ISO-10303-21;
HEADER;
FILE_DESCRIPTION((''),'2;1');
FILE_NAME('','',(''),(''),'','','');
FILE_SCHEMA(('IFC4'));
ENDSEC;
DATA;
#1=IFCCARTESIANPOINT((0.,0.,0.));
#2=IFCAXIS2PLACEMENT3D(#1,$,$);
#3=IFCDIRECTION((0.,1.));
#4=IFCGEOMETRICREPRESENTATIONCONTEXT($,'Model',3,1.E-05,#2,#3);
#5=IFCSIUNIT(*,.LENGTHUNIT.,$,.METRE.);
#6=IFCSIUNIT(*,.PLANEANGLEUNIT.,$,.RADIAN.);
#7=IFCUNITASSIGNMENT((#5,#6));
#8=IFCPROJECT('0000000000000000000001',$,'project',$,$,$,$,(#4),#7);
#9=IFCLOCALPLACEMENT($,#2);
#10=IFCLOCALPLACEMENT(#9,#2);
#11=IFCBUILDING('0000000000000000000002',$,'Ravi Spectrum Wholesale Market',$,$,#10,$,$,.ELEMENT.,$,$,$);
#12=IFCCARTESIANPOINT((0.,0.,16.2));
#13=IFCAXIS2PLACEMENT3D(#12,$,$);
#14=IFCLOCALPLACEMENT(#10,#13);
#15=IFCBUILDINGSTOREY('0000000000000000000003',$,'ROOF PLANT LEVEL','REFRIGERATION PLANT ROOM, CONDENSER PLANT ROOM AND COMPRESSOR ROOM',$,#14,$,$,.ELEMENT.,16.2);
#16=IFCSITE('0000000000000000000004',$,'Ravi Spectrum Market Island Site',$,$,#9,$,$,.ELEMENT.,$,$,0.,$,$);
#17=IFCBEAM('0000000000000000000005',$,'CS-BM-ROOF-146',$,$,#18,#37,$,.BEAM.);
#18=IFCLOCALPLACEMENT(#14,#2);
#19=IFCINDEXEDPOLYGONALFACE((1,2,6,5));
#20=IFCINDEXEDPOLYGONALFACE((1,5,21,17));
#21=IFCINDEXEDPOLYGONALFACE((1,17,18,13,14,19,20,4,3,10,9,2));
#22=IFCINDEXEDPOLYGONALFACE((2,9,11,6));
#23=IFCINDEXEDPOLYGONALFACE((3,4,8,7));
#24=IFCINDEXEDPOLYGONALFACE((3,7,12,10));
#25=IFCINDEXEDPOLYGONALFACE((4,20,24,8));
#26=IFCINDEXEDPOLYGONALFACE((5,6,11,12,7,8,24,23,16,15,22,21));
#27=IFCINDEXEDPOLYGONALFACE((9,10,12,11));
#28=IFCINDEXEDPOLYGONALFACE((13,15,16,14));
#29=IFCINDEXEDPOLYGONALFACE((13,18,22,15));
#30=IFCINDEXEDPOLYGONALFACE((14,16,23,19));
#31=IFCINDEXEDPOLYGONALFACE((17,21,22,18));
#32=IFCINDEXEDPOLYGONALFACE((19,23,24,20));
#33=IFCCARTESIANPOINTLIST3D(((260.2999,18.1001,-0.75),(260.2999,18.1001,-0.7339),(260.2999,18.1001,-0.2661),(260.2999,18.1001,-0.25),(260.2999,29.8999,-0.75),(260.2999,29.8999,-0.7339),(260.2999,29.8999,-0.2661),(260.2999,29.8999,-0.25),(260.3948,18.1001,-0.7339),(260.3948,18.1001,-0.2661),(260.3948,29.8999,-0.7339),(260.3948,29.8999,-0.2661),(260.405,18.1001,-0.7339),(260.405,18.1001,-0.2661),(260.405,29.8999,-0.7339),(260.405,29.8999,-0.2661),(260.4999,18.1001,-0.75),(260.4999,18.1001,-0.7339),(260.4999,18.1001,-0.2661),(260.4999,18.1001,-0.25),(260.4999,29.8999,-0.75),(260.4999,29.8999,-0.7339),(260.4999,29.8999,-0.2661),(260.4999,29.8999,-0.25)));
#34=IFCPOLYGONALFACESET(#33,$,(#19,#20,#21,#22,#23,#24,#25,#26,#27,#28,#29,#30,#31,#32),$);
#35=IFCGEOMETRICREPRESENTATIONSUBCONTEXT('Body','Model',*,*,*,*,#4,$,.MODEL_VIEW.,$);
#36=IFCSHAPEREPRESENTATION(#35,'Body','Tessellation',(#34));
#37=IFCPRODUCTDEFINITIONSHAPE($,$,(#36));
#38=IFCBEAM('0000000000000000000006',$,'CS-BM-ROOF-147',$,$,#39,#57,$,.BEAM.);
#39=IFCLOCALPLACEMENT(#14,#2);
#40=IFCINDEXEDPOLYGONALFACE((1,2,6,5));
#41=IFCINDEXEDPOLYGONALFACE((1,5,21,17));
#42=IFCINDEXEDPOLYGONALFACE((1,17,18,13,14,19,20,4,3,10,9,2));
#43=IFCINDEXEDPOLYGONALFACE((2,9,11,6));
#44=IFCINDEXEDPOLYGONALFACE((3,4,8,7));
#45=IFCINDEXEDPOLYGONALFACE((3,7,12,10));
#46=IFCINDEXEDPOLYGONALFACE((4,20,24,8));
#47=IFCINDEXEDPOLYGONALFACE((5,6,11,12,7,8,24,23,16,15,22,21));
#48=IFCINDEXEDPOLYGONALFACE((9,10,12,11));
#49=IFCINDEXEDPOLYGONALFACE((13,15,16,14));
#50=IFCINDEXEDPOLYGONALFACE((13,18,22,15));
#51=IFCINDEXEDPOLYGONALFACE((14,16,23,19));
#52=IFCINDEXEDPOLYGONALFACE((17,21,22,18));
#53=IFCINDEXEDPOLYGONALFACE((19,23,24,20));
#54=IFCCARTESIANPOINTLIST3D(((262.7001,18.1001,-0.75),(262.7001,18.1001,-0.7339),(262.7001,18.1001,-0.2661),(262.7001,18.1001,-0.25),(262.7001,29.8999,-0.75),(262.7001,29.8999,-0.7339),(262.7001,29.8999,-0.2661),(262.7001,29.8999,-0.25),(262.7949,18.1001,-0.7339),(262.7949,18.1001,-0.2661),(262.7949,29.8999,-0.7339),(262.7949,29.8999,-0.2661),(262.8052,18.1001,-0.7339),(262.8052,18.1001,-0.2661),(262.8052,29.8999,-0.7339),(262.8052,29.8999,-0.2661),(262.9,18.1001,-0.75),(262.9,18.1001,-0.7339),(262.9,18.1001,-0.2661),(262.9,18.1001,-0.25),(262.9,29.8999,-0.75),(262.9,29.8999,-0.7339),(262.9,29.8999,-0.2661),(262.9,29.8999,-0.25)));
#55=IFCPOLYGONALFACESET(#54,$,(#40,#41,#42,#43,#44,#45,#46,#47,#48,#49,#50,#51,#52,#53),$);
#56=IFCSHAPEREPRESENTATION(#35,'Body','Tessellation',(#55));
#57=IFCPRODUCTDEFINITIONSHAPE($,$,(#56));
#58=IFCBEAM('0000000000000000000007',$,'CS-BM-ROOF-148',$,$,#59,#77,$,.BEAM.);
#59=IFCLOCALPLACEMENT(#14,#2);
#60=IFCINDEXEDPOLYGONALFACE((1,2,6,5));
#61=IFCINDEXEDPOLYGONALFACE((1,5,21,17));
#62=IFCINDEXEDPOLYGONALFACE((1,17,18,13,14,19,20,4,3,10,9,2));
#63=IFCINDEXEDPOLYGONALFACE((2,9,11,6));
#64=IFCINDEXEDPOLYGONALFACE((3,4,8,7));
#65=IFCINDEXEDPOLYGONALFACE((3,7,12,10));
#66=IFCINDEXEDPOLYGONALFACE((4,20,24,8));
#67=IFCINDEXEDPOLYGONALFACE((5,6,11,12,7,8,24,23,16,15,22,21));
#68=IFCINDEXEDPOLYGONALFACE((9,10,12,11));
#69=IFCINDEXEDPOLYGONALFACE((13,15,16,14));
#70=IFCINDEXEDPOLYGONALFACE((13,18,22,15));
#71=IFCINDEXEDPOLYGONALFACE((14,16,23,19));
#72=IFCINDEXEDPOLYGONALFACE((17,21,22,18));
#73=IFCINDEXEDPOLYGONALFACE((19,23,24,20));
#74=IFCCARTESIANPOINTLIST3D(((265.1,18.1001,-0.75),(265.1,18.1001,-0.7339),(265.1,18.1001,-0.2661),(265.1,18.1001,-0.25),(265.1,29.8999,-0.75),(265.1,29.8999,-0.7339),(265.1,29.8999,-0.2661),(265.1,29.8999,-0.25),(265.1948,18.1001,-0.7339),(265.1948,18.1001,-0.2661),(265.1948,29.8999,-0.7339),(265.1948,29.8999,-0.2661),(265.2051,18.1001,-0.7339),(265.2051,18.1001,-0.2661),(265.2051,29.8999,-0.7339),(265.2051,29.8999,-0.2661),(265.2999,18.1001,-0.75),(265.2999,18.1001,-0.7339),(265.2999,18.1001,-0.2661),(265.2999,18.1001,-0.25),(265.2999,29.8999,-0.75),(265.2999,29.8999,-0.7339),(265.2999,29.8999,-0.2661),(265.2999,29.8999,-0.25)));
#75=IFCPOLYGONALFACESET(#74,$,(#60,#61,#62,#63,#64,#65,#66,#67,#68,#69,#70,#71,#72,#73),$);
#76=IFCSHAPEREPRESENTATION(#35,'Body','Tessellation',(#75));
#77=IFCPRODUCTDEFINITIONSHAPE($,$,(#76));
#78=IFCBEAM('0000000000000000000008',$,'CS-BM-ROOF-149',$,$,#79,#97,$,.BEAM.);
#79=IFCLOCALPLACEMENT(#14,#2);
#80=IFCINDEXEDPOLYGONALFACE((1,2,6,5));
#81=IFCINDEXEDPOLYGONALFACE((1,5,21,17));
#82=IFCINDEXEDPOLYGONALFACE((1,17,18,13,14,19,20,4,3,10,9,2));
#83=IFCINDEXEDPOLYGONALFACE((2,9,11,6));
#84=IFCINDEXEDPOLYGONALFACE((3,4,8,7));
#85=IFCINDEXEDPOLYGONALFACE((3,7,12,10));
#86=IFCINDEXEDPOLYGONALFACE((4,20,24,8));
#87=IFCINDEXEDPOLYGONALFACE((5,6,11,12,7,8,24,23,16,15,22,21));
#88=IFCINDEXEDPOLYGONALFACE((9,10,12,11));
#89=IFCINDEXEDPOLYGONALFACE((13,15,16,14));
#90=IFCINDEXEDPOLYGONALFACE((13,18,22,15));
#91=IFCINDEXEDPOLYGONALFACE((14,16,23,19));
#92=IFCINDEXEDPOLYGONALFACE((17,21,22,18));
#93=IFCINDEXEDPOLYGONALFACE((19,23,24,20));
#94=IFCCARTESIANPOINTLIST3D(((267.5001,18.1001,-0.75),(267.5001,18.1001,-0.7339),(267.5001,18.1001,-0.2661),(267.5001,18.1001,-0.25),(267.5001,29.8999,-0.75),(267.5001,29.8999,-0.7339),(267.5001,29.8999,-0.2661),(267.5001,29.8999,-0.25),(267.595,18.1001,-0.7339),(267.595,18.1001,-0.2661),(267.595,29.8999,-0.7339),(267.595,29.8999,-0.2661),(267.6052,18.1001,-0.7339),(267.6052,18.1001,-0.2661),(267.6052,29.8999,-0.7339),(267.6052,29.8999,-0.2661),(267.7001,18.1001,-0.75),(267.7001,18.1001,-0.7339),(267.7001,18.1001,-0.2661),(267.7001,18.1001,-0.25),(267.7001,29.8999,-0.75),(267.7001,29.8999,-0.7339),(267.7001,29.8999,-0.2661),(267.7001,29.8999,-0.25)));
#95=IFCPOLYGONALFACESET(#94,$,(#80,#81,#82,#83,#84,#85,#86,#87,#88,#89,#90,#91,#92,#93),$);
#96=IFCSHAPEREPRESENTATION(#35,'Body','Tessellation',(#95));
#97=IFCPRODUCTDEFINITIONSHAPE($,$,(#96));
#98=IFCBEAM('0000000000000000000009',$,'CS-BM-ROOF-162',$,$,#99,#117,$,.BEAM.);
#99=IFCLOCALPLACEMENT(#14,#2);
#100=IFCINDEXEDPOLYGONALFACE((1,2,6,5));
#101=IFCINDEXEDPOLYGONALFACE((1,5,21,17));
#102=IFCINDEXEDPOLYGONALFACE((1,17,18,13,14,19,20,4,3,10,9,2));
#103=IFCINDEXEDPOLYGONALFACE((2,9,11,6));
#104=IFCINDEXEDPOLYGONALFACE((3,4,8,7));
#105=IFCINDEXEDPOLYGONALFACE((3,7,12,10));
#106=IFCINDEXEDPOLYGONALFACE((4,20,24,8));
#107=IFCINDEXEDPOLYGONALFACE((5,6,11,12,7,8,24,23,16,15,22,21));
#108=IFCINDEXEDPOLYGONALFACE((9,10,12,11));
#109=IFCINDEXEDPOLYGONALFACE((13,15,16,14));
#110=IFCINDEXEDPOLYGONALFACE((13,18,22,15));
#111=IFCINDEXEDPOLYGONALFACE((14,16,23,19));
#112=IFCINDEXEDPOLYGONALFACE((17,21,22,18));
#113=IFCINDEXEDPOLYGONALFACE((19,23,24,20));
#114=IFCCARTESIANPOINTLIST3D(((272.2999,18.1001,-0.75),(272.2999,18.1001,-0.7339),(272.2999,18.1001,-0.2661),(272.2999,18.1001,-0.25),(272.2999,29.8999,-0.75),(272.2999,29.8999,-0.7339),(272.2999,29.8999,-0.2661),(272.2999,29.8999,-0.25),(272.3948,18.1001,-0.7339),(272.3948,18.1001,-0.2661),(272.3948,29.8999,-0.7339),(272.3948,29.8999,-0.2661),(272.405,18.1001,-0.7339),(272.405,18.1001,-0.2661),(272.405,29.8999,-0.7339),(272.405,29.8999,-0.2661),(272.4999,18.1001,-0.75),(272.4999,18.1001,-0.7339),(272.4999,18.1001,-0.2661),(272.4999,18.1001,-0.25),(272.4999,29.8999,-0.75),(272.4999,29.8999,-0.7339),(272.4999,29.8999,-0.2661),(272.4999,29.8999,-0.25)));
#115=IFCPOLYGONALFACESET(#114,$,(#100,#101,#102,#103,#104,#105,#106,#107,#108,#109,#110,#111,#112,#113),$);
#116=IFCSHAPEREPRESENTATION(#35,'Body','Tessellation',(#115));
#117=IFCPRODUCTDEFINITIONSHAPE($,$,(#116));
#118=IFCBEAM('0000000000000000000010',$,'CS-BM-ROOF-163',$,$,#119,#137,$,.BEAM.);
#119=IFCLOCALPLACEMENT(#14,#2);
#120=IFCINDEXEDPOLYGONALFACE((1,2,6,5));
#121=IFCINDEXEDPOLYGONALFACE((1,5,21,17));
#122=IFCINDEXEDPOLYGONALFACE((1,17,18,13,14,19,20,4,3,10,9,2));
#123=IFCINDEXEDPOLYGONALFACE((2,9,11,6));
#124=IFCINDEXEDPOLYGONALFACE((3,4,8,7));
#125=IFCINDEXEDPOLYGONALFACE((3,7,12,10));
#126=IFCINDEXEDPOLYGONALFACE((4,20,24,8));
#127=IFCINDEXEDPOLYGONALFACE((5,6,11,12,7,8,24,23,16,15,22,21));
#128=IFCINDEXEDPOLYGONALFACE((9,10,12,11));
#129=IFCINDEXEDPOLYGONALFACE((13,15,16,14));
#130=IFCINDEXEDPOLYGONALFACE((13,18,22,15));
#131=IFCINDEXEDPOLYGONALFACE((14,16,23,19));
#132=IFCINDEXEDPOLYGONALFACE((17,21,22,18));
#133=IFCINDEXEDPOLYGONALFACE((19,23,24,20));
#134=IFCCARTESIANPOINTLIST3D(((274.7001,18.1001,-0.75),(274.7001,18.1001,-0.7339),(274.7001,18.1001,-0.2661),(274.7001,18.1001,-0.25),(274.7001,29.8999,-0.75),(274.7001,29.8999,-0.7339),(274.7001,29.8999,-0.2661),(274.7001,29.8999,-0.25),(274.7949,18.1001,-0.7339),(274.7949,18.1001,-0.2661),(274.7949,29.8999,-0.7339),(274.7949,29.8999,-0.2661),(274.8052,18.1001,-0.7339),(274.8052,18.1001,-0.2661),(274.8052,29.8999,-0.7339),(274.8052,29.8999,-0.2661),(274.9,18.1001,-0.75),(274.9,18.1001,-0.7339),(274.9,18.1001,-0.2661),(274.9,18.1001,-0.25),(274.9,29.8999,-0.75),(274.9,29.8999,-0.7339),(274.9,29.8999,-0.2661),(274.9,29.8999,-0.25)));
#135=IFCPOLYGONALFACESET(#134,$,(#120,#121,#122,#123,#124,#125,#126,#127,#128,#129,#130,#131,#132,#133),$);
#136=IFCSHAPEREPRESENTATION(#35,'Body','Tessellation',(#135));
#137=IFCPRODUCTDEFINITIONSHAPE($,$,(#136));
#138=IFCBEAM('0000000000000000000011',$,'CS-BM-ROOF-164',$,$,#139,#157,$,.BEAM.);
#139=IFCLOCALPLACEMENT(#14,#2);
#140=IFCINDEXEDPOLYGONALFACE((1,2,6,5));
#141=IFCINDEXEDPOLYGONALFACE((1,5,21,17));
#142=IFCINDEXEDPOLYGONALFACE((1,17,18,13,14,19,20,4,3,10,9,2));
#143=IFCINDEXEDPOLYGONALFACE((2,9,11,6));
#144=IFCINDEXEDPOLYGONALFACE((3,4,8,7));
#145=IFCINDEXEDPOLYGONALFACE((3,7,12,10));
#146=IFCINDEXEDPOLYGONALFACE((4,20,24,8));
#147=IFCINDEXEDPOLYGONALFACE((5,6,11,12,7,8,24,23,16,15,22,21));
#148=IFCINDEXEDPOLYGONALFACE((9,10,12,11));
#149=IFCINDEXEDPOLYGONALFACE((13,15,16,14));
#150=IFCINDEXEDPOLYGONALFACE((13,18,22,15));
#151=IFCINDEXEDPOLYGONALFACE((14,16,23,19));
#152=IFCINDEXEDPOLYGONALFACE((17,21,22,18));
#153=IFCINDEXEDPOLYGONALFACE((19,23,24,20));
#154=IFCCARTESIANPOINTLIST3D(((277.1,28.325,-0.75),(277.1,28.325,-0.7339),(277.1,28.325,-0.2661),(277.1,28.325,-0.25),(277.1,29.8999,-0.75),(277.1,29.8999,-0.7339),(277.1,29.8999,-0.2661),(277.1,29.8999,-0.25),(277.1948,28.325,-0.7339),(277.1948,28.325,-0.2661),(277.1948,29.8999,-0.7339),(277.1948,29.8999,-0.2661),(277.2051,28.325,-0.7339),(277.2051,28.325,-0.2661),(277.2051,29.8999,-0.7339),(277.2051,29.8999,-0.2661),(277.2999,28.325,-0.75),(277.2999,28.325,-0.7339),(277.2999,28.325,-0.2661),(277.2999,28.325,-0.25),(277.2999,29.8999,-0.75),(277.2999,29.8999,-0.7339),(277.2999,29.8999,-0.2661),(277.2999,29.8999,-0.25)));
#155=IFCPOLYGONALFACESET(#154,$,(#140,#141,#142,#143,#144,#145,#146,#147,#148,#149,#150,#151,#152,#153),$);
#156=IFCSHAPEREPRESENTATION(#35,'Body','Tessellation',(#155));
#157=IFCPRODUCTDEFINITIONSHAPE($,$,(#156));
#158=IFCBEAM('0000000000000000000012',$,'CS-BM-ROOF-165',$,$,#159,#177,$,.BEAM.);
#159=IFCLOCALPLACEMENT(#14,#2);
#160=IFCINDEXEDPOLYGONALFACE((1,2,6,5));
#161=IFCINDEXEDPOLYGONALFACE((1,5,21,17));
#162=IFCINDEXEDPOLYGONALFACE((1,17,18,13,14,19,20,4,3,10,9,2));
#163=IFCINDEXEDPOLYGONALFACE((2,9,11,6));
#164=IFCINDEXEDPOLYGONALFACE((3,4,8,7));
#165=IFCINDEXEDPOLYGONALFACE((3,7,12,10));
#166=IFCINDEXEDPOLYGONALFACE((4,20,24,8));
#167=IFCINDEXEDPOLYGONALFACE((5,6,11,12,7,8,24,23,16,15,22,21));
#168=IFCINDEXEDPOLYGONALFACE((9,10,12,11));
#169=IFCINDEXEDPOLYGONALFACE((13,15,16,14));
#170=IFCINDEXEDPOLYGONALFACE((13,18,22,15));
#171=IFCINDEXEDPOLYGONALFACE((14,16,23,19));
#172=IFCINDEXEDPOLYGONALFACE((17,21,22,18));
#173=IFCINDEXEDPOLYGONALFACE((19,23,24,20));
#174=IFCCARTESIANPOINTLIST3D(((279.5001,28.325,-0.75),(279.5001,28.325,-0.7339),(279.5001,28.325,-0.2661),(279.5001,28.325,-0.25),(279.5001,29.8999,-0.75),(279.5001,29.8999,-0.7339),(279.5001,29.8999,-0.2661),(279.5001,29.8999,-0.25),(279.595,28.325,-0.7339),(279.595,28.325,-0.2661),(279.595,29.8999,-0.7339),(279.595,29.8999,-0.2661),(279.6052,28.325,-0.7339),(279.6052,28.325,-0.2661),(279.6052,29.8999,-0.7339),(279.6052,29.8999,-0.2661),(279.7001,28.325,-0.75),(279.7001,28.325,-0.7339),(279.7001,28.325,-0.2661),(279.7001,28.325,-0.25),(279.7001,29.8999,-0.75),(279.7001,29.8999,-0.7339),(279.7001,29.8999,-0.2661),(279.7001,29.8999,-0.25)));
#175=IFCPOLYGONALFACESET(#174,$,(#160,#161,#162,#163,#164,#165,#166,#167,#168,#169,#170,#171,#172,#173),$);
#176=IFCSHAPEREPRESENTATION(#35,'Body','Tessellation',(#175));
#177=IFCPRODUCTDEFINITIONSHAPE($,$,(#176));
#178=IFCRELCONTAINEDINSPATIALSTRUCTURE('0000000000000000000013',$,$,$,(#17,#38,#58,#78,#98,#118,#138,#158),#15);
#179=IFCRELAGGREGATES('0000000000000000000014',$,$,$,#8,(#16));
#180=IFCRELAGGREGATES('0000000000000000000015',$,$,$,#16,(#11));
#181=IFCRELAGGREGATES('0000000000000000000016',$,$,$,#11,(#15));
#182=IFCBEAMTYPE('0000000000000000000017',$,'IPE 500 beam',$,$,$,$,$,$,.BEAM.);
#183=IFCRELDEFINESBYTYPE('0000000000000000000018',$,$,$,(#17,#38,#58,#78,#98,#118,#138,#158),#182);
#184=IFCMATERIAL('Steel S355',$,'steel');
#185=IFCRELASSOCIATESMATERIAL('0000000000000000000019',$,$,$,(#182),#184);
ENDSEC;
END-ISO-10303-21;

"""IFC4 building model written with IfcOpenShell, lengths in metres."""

from ifc_helpers import new_model, si_unit, direction, frame, origin, origin_2d, place, context, subcontext, project, spatial, i_section, extrude, material, material_profile, profile_set, type_object, element, save


model = new_model("IFC4")

# Units and contexts
model_context = context("Model", 3, precision=1e-05, world=origin(), true_north=direction((0.0, 1.0)))
body_context = subcontext(model_context, "Body", "Model", "MODEL_VIEW")
ifc_project = project(units=[si_unit("LENGTHUNIT", "METRE"), si_unit("PLANEANGLEUNIT", "RADIAN")], contexts=[model_context])

# Site, building, storey
site_placement = place(None, origin())
site = spatial("IfcSite", under=ifc_project, at=site_placement, Name="Ravi Spectrum Market Island Site", CompositionType="ELEMENT", RefElevation=0.0)
building_placement = place(site_placement, origin())
building = spatial("IfcBuilding", under=site, at=building_placement, Name="Ravi Spectrum Wholesale Market", CompositionType="ELEMENT")
storey_placement = place(building_placement, frame((0.0, 0.0, 16.2)))
storey = spatial("IfcBuildingStorey", under=building, at=storey_placement, Name="ROOF PLANT LEVEL", Description="REFRIGERATION PLANT ROOM, CONDENSER PLANT ROOM AND COMPRESSOR ROOM", CompositionType="ELEMENT", Elevation=16.2)

# Beams
ifc_material_1 = material(Name="Steel S355", Category="steel")
ifc_material_profile_1 = material_profile(ifc_material_1, i_section(OverallWidth=0.2, OverallDepth=0.5, WebThickness=0.0103, FlangeThickness=0.0161, at=origin_2d()))
ifc_profile_set_1 = profile_set([ifc_material_profile_1], Name="Steel S355")
beam_type_1 = type_object("IfcBeamType", Name="IPE 500 beam", PredefinedType="BEAM", material=ifc_profile_set_1)
for number, where, z_axis, x_axis, name in (
    (1, (260.3999, 18.1001, -0.5), (0.0, 1.0, 0.0), (-1.0, 0.0, 0.0), "CS-BM-ROOF-146"),
    (2, (262.8, 18.1001, -0.5), (0.0, 1.0, 0.0), (-1.0, 0.0, 0.0), "CS-BM-ROOF-147"),
    (3, (265.2, 18.1001, -0.5), (0.0, 1.0, 0.0), (-1.0, 0.0, 0.0), "CS-BM-ROOF-148"),
    (4, (267.6001, 18.1001, -0.5), (0.0, 1.0, 0.0), (-1.0, 0.0, 0.0), "CS-BM-ROOF-149"),
    (5, (272.3999, 18.1001, -0.5), (0.0, 1.0, 0.0), (-1.0, 0.0, 0.0), "CS-BM-ROOF-162"),
    (6, (274.8, 18.1001, -0.5), (0.0, 1.0, 0.0), (-1.0, 0.0, 0.0), "CS-BM-ROOF-163"),
):
    element("IfcBeam", number, at=place(storey_placement, frame(where, z_axis=z_axis, x_axis=x_axis)), inside=storey, type_object=beam_type_1, Name=name, PredefinedType="BEAM", context=body_context, shape_type="SweptSolid", body=[
        extrude(i_section(OverallWidth=0.2, OverallDepth=0.5, WebThickness=0.0103, FlangeThickness=0.0161, at=origin_2d()), origin(), (0.0, 0.0, 1.0), 11.7998),
    ])
for number, where, z_axis, x_axis, name in (
    (7, (277.2, 28.325, -0.5), (0.0, 1.0, 0.0), (-1.0, 0.0, 0.0), "CS-BM-ROOF-164"),
    (8, (279.6001, 28.325, -0.5), (0.0, 1.0, 0.0), (-1.0, 0.0, 0.0), "CS-BM-ROOF-165"),
):
    element("IfcBeam", number, at=place(storey_placement, frame(where, z_axis=z_axis, x_axis=x_axis)), inside=storey, type_object=beam_type_1, Name=name, PredefinedType="BEAM", context=body_context, shape_type="SweptSolid", body=[
        extrude(i_section(OverallWidth=0.2, OverallDepth=0.5, WebThickness=0.0103, FlangeThickness=0.0161, at=origin_2d()), origin(), (0.0, 0.0, 1.0), 1.575),
    ])

save(model, "model.ifc")
